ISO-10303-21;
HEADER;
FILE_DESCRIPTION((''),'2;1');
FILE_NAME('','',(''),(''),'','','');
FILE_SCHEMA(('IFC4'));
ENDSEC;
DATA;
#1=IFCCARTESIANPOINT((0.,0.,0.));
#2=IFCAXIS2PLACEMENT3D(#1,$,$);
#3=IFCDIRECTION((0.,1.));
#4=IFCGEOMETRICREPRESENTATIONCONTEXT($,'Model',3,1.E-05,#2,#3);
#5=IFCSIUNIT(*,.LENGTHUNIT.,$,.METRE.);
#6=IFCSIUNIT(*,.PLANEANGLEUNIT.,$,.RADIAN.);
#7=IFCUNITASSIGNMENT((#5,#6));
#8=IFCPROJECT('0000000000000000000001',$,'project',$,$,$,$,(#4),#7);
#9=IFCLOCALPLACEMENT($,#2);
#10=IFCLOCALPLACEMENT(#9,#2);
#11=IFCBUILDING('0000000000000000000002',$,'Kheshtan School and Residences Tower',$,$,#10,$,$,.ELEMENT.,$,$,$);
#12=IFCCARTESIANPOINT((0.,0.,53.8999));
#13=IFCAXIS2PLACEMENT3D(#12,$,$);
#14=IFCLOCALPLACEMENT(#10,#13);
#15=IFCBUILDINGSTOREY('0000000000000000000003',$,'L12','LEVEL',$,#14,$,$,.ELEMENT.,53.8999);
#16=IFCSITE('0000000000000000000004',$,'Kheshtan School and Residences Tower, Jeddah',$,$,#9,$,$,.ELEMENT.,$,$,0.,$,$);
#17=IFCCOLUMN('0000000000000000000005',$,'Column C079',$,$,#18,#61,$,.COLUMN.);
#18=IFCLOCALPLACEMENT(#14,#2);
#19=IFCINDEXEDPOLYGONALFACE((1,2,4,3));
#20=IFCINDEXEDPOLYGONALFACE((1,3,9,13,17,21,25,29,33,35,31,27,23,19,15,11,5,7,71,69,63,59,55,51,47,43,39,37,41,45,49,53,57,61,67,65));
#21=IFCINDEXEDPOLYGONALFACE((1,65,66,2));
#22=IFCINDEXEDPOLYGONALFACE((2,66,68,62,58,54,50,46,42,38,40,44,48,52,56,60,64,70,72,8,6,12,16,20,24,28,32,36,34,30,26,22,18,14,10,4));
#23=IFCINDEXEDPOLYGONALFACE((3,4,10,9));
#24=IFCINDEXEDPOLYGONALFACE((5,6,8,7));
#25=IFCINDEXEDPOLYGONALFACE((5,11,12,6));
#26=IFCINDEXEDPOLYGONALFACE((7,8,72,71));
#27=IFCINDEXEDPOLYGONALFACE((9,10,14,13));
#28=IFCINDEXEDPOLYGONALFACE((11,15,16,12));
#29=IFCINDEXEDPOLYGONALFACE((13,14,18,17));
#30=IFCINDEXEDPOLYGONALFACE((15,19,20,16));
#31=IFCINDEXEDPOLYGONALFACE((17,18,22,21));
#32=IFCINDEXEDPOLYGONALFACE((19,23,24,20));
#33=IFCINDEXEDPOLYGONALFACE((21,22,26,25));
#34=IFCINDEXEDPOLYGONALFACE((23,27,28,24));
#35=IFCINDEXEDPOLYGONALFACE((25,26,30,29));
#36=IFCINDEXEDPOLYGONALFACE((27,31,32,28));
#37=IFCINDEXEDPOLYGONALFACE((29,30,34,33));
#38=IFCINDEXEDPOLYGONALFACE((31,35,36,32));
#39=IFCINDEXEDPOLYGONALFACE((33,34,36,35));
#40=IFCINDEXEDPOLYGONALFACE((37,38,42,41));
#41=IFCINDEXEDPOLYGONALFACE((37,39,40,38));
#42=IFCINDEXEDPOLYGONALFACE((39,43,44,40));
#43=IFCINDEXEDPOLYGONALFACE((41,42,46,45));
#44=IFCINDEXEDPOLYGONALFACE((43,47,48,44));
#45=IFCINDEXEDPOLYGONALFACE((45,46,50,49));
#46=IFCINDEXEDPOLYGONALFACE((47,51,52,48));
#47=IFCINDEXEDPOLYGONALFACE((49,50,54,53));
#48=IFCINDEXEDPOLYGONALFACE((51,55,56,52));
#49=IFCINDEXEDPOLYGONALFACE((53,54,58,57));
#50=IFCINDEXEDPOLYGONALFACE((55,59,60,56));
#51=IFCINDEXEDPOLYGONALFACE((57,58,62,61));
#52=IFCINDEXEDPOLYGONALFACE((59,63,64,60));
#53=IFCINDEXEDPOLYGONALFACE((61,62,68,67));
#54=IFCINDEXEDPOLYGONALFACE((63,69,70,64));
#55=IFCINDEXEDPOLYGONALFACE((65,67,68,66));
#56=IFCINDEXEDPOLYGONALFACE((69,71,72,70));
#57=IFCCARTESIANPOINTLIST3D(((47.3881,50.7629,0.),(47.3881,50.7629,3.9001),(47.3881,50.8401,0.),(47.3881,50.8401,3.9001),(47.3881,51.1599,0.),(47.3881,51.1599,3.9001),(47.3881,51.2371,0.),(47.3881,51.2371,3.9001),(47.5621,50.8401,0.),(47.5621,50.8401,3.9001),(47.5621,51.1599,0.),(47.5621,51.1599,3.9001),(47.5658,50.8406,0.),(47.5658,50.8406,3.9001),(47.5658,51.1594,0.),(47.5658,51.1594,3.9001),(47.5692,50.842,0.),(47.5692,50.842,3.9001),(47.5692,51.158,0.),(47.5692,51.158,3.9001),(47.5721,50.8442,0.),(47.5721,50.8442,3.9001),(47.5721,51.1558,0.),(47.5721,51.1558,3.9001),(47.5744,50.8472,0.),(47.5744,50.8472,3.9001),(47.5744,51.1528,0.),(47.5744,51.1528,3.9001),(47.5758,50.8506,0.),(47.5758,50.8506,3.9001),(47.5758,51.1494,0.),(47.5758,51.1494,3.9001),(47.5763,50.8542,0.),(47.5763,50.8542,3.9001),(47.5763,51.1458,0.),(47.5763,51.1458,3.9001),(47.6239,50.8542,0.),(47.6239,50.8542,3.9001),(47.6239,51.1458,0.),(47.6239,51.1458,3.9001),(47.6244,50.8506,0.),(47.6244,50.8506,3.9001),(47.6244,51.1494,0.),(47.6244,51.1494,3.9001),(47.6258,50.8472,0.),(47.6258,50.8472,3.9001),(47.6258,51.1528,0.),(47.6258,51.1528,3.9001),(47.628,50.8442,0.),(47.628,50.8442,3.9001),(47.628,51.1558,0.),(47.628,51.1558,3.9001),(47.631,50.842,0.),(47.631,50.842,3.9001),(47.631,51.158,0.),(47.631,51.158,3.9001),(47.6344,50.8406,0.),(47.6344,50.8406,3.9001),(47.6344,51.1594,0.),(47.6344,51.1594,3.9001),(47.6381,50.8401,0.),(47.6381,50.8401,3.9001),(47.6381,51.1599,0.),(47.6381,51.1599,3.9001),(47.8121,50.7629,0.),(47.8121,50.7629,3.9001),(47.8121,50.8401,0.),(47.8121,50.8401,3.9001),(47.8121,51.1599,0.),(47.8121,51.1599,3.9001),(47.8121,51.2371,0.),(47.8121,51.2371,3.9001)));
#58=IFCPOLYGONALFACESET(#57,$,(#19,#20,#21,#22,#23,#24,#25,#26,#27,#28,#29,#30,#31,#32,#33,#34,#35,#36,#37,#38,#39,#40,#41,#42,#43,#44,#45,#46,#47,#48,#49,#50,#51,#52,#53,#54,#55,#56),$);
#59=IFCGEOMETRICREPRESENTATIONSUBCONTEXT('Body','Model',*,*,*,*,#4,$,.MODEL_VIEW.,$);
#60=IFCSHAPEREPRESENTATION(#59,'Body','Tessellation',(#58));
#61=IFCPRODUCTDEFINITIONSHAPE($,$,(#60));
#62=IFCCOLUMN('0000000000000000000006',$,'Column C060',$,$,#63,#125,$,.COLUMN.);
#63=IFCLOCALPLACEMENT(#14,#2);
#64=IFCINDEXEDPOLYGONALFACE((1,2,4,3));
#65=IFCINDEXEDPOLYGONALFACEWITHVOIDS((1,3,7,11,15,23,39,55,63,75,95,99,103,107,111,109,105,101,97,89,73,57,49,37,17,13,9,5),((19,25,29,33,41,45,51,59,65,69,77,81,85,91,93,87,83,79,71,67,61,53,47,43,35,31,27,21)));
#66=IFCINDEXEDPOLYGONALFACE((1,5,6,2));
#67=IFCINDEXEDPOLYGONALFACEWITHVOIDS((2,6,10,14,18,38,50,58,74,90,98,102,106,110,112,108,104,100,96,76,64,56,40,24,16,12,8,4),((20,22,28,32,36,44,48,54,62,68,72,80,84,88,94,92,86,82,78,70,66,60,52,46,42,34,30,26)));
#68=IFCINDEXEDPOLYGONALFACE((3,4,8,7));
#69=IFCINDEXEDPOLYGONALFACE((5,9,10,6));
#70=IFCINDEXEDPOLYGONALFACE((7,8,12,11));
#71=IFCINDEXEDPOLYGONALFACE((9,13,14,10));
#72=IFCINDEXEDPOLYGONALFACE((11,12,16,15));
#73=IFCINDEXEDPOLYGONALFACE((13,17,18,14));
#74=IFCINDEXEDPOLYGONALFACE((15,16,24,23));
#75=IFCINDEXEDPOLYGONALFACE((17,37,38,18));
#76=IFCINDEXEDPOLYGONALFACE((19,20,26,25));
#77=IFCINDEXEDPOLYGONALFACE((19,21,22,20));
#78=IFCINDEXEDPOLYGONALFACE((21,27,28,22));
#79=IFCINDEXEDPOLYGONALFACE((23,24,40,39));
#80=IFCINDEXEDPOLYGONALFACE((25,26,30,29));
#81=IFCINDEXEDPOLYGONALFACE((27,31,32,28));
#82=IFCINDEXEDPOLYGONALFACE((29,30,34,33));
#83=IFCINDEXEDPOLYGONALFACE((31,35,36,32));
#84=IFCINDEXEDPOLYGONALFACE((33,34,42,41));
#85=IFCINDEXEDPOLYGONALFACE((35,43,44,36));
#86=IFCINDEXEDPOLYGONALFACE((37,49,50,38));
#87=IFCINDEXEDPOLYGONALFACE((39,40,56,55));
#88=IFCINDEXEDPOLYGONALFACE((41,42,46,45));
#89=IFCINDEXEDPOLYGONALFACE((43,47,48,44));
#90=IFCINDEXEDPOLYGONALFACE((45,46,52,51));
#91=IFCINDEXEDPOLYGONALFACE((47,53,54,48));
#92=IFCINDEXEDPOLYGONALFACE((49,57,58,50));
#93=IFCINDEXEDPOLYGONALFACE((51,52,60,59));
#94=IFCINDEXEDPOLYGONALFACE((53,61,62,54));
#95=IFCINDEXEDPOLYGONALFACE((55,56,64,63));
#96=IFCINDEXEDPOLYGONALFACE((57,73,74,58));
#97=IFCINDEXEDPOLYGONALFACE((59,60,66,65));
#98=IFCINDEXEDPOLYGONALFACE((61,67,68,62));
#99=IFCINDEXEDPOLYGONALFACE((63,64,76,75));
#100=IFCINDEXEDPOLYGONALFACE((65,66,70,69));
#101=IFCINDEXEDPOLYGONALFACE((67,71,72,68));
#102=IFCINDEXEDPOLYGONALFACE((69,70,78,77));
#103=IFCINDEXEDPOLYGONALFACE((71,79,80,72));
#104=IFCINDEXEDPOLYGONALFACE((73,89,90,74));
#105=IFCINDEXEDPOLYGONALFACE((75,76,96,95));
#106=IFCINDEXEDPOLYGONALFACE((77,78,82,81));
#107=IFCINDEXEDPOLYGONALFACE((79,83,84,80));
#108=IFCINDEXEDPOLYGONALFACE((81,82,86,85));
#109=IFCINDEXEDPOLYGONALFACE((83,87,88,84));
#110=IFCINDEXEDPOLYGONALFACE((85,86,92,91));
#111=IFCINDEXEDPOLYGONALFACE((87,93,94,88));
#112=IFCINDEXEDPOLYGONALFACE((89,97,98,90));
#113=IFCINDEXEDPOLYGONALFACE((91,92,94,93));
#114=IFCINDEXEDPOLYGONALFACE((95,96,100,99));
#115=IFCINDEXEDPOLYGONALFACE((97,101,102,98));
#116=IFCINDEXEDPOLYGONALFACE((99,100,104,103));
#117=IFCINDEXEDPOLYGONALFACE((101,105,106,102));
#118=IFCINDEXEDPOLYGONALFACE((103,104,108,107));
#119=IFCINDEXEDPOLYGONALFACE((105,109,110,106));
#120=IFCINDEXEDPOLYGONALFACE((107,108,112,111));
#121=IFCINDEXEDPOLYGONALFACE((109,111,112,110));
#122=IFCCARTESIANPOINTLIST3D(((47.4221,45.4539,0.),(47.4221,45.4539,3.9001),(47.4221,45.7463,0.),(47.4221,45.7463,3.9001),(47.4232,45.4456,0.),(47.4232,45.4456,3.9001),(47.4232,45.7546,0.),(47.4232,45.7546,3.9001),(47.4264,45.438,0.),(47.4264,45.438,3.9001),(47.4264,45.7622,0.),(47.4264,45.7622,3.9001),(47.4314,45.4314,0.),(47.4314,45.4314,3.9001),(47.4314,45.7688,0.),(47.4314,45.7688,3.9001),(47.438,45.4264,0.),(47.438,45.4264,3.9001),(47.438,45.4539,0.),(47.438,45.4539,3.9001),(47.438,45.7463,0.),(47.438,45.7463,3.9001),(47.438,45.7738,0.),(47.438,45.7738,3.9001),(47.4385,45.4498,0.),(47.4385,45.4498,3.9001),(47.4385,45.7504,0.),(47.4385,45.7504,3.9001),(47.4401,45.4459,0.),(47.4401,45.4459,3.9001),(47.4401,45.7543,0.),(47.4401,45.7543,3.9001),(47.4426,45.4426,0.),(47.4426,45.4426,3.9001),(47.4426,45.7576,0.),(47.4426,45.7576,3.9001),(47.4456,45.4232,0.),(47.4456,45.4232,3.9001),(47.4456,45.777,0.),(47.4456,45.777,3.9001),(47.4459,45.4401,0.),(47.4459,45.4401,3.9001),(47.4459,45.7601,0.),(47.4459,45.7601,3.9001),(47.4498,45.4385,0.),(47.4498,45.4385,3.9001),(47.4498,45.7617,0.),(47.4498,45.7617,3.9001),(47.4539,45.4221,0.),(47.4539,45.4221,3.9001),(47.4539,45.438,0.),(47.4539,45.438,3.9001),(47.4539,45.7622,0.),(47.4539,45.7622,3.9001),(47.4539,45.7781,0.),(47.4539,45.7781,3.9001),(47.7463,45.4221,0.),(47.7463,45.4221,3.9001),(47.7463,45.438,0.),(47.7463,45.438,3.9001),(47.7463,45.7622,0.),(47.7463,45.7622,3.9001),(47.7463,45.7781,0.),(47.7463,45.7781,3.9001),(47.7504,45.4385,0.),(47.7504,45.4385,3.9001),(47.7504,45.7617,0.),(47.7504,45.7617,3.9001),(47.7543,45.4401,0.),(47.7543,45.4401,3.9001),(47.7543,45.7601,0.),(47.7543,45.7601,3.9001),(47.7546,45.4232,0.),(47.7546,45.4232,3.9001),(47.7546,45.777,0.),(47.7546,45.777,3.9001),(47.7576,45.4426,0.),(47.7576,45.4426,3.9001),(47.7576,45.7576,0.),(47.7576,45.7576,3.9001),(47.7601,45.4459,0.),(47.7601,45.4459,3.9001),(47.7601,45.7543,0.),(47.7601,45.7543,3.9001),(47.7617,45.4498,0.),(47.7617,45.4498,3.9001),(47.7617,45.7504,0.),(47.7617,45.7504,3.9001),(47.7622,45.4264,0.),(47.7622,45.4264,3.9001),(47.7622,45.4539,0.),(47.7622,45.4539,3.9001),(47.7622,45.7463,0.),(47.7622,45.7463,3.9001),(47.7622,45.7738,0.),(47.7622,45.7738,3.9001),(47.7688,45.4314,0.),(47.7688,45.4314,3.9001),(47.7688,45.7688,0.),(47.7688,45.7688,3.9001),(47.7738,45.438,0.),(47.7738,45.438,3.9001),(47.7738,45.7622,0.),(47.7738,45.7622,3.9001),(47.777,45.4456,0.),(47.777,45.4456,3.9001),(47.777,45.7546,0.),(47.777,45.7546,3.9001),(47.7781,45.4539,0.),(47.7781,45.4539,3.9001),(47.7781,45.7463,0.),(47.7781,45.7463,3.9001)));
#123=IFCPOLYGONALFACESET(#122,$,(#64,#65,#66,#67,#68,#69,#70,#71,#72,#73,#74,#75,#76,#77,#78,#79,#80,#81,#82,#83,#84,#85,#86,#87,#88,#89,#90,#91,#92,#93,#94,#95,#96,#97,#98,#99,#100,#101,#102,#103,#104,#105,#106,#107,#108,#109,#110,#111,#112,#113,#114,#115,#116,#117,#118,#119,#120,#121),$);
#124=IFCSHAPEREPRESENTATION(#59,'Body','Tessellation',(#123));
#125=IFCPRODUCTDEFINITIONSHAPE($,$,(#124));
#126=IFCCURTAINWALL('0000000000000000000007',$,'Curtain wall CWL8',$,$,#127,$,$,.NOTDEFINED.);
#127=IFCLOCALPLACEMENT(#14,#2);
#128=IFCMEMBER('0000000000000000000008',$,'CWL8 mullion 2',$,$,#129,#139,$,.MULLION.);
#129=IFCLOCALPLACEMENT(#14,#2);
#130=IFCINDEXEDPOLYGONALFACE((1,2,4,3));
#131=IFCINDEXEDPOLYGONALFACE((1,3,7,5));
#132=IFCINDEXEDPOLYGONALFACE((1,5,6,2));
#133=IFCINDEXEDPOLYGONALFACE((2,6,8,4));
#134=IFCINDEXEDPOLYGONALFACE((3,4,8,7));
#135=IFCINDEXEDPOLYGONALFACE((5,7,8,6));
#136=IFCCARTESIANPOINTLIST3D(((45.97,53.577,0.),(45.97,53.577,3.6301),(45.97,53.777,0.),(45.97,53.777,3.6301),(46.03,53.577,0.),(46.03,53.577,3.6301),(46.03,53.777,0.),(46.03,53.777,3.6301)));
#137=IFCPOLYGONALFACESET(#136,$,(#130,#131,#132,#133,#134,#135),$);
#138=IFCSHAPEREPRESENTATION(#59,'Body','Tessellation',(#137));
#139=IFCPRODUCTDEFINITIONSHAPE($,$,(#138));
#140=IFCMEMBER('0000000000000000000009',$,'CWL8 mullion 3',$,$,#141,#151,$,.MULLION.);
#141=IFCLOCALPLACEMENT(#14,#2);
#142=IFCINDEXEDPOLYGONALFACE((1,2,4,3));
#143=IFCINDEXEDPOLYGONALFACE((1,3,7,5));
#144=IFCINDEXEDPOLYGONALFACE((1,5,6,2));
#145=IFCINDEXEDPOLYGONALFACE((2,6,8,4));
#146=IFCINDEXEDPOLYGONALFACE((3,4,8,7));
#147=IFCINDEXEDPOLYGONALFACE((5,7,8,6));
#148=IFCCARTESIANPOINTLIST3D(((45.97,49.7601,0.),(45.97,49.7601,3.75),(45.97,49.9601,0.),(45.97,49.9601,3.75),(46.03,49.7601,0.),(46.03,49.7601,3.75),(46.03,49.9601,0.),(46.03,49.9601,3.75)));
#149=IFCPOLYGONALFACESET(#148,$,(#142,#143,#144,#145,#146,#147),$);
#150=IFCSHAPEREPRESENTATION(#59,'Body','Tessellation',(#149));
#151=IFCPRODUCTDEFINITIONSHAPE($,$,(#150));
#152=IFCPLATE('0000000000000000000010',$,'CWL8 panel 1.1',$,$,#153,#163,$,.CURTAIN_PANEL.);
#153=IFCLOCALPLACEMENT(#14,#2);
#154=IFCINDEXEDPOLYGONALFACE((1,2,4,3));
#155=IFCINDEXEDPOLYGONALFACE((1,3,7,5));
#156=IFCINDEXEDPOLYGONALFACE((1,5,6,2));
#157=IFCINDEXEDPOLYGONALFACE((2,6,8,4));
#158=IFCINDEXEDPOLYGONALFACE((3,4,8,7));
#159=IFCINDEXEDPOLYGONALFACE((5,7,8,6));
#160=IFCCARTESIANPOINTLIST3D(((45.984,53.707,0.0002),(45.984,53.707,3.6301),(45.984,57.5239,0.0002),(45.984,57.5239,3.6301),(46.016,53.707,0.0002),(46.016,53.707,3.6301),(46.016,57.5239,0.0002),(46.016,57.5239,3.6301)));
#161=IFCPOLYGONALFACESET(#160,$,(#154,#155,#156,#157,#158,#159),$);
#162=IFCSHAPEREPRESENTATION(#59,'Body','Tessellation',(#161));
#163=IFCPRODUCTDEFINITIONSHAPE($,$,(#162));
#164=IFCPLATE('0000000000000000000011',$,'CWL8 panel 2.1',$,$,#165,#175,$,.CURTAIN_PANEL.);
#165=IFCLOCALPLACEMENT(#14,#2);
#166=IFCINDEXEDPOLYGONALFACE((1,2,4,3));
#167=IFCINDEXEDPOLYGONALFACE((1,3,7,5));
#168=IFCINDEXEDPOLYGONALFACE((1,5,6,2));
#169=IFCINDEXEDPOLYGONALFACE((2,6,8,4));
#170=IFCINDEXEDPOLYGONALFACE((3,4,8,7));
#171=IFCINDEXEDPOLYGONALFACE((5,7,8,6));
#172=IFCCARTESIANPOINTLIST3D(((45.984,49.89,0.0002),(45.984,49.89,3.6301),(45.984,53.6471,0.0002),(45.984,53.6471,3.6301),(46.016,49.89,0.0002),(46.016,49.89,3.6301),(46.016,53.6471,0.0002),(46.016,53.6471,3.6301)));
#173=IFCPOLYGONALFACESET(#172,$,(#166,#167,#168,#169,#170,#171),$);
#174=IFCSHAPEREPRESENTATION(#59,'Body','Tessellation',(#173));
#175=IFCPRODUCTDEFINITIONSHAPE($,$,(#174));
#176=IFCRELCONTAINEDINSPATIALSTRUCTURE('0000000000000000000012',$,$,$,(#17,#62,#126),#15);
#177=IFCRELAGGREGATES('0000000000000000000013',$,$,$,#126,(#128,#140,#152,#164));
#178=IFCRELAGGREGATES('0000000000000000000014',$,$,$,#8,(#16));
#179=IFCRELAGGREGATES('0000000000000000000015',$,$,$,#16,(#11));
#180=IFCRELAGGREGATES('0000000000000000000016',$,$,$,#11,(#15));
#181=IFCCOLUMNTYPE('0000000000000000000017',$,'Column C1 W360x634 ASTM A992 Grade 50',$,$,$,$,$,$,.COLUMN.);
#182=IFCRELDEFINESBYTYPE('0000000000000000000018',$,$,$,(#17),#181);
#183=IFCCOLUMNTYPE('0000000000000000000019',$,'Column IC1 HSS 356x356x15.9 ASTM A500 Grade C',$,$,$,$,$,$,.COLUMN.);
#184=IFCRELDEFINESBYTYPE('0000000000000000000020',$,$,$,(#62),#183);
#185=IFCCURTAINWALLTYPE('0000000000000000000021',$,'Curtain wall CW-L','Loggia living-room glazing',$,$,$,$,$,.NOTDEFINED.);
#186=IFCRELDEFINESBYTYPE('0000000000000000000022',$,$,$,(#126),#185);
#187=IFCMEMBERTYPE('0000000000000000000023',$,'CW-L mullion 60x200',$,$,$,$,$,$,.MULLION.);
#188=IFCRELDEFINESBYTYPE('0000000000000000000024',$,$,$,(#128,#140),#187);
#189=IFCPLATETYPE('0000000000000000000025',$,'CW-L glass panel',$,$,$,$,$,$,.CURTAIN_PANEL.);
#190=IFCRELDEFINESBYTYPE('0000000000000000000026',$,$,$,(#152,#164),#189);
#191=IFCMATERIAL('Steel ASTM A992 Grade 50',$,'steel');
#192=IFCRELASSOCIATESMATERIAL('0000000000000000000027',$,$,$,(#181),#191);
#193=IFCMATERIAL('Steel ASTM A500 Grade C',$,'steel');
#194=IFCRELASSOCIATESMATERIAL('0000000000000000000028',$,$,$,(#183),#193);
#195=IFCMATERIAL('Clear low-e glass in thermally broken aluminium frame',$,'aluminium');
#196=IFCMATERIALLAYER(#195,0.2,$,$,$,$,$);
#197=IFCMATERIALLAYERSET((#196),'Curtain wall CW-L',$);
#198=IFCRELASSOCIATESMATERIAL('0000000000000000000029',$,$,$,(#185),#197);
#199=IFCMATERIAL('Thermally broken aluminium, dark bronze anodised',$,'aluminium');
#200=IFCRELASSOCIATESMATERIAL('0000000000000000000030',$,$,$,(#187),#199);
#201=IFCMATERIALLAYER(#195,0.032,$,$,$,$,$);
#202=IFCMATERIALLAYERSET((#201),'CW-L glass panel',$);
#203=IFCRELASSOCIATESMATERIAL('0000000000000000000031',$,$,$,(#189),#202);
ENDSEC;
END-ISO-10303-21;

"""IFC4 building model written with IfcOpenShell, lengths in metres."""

from ifc_helpers import new_model, si_unit, direction, frame, origin, origin_2d, place, context, subcontext, project, spatial, rectangle, hollow_rectangle, i_section, extrude, material, layer, layer_set, material_profile, profile_set, type_object, element, aggregate, save


model = new_model("IFC4")

# Units and contexts
model_context = context("Model", 3, precision=1e-05, world=origin(), true_north=direction((0.0, 1.0)))
body_context = subcontext(model_context, "Body", "Model", "MODEL_VIEW")
ifc_project = project(units=[si_unit("LENGTHUNIT", "METRE"), si_unit("PLANEANGLEUNIT", "RADIAN")], contexts=[model_context])

# Site, building, storey
site_placement = place(None, origin())
site = spatial("IfcSite", under=ifc_project, at=site_placement, Name="Kheshtan School and Residences Tower, Jeddah", CompositionType="ELEMENT", RefElevation=0.0)
building_placement = place(site_placement, origin())
building = spatial("IfcBuilding", under=site, at=building_placement, Name="Kheshtan School and Residences Tower", CompositionType="ELEMENT")
storey_placement = place(building_placement, frame((0.0, 0.0, 53.8999)))
storey = spatial("IfcBuildingStorey", under=building, at=storey_placement, Name="L12", Description="LEVEL", CompositionType="ELEMENT", Elevation=53.8999)

# Columns
ifc_material_1 = material(Name="Steel ASTM A992 Grade 50", Category="steel")
ifc_material_profile_1 = material_profile(ifc_material_1, i_section(OverallWidth=0.4241, OverallDepth=0.4741, WebThickness=0.0476, FlangeThickness=0.0771, FilletRadius=0.0142, at=origin_2d()), Name="W360x634")
ifc_profile_set_1 = profile_set([ifc_material_profile_1], Name="Steel ASTM A992 Grade 50")
column_type_1 = type_object("IfcColumnType", Name="Column C1 W360x634 ASTM A992 Grade 50", PredefinedType="COLUMN", material=ifc_profile_set_1)
column_1_placement = place(storey_placement, frame((47.6001, 51.0, 0.0), z_axis=(0.0, 0.0, 1.0), x_axis=(1.0, 0.0, 0.0)))
element("IfcColumn", 1, at=column_1_placement, inside=storey, type_object=column_type_1, Name="Column C079", PredefinedType="COLUMN", context=body_context, shape_type="SweptSolid", body=[
    extrude(i_section(OverallWidth=0.4241, OverallDepth=0.4741, WebThickness=0.0476, FlangeThickness=0.0771, FilletRadius=0.0142, at=origin_2d()), origin(), (0.0, 0.0, 1.0), 3.9001),
])
ifc_material_2 = material(Name="Steel ASTM A500 Grade C", Category="steel")
ifc_material_profile_2 = material_profile(ifc_material_2, hollow_rectangle(XDim=0.356, YDim=0.356, WallThickness=0.0159, InnerFilletRadius=0.0159, OuterFilletRadius=0.0317, at=origin_2d()), Name="HSS 356x356x15.9")
ifc_profile_set_2 = profile_set([ifc_material_profile_2], Name="Steel ASTM A500 Grade C")
column_type_2 = type_object("IfcColumnType", Name="Column IC1 HSS 356x356x15.9 ASTM A500 Grade C", PredefinedType="COLUMN", material=ifc_profile_set_2)
column_2_placement = place(storey_placement, frame((47.6001, 45.6001, 0.0), z_axis=(0.0, 0.0, 1.0), x_axis=(1.0, 0.0, 0.0)))
element("IfcColumn", 2, at=column_2_placement, inside=storey, type_object=column_type_2, Name="Column C060", PredefinedType="COLUMN", context=body_context, shape_type="SweptSolid", body=[
    extrude(hollow_rectangle(XDim=0.356, YDim=0.356, WallThickness=0.0159, InnerFilletRadius=0.0159, OuterFilletRadius=0.0317, at=origin_2d()), origin(), (0.0, 0.0, 1.0), 3.9001),
])

# Curtain wall, members, plates
ifc_material_3 = material(Name="Clear low-e glass in thermally broken aluminium frame", Category="aluminium")
ifc_layer_1 = layer(ifc_material_3, 0.2)
ifc_layer_set_1 = layer_set([ifc_layer_1], Name="Curtain wall CW-L")
curtain_wall_type = type_object("IfcCurtainWallType", Name="Curtain wall CW-L", Description="Loggia living-room glazing", PredefinedType="NOTDEFINED", material=ifc_layer_set_1)
curtain_wall_placement = place(storey_placement, origin())
curtain_wall = element("IfcCurtainWall", 3, at=curtain_wall_placement, inside=storey, type_object=curtain_wall_type, Name="Curtain wall CWL8", PredefinedType="NOTDEFINED")
ifc_material_4 = material(Name="Thermally broken aluminium, dark bronze anodised", Category="aluminium")
ifc_material_profile_3 = material_profile(ifc_material_4, rectangle(XDim=0.0601, YDim=0.2, at=origin_2d()), Name="CW-L mullion 60x200")
ifc_profile_set_3 = profile_set([ifc_material_profile_3], Name="Thermally broken aluminium, dark bronze anodised")
member_type = type_object("IfcMemberType", Name="CW-L mullion 60x200", PredefinedType="MULLION", material=ifc_profile_set_3)
member_1_placement = place(storey_placement, frame((46.0, 53.677, 0.0), z_axis=(0.0, 0.0, 1.0), x_axis=(1.0, 0.0, 0.0)))
member_1 = element("IfcMember", 4, at=member_1_placement, type_object=member_type, Name="CWL8 mullion 2", PredefinedType="MULLION", context=body_context, shape_type="SweptSolid", body=[
    extrude(rectangle(XDim=0.0601, YDim=0.2, at=origin_2d()), origin(), (0.0, 0.0, 1.0), 3.6301),
])
member_2_placement = place(storey_placement, frame((46.0, 49.8601, 0.0), z_axis=(0.0, 0.0, 1.0), x_axis=(1.0, 0.0, 0.0)))
member_2 = element("IfcMember", 5, at=member_2_placement, type_object=member_type, Name="CWL8 mullion 3", PredefinedType="MULLION", context=body_context, shape_type="SweptSolid", body=[
    extrude(rectangle(XDim=0.0601, YDim=0.2, at=origin_2d()), origin(), (0.0, 0.0, 1.0), 3.75),
])
ifc_layer_2 = layer(ifc_material_3, 0.032)
ifc_layer_set_2 = layer_set([ifc_layer_2], Name="CW-L glass panel")
plate_type = type_object("IfcPlateType", Name="CW-L glass panel", PredefinedType="CURTAIN_PANEL", material=ifc_layer_set_2)
plate_1_placement = place(storey_placement, frame((46.0, 55.6155, 0.0002), z_axis=(0.0, 0.0, 1.0), x_axis=(0.0, -1.0, 0.0)))
plate_1 = element("IfcPlate", 6, at=plate_1_placement, type_object=plate_type, Name="CWL8 panel 1.1", PredefinedType="CURTAIN_PANEL", context=body_context, shape_type="SweptSolid", body=[
    extrude(rectangle(XDim=3.8169, YDim=0.032, at=origin_2d()), origin(), (0.0, 0.0, 1.0), 3.6299),
])
plate_2_placement = place(storey_placement, frame((46.0, 51.7686, 0.0002), z_axis=(0.0, 0.0, 1.0), x_axis=(0.0, -1.0, 0.0)))
plate_2 = element("IfcPlate", 7, at=plate_2_placement, type_object=plate_type, Name="CWL8 panel 2.1", PredefinedType="CURTAIN_PANEL", context=body_context, shape_type="SweptSolid", body=[
    extrude(rectangle(XDim=3.7571, YDim=0.032, at=origin_2d()), origin(), (0.0, 0.0, 1.0), 3.6299),
])
aggregate(curtain_wall, [member_1, member_2, plate_1, plate_2])

save(model, "model.ifc")
